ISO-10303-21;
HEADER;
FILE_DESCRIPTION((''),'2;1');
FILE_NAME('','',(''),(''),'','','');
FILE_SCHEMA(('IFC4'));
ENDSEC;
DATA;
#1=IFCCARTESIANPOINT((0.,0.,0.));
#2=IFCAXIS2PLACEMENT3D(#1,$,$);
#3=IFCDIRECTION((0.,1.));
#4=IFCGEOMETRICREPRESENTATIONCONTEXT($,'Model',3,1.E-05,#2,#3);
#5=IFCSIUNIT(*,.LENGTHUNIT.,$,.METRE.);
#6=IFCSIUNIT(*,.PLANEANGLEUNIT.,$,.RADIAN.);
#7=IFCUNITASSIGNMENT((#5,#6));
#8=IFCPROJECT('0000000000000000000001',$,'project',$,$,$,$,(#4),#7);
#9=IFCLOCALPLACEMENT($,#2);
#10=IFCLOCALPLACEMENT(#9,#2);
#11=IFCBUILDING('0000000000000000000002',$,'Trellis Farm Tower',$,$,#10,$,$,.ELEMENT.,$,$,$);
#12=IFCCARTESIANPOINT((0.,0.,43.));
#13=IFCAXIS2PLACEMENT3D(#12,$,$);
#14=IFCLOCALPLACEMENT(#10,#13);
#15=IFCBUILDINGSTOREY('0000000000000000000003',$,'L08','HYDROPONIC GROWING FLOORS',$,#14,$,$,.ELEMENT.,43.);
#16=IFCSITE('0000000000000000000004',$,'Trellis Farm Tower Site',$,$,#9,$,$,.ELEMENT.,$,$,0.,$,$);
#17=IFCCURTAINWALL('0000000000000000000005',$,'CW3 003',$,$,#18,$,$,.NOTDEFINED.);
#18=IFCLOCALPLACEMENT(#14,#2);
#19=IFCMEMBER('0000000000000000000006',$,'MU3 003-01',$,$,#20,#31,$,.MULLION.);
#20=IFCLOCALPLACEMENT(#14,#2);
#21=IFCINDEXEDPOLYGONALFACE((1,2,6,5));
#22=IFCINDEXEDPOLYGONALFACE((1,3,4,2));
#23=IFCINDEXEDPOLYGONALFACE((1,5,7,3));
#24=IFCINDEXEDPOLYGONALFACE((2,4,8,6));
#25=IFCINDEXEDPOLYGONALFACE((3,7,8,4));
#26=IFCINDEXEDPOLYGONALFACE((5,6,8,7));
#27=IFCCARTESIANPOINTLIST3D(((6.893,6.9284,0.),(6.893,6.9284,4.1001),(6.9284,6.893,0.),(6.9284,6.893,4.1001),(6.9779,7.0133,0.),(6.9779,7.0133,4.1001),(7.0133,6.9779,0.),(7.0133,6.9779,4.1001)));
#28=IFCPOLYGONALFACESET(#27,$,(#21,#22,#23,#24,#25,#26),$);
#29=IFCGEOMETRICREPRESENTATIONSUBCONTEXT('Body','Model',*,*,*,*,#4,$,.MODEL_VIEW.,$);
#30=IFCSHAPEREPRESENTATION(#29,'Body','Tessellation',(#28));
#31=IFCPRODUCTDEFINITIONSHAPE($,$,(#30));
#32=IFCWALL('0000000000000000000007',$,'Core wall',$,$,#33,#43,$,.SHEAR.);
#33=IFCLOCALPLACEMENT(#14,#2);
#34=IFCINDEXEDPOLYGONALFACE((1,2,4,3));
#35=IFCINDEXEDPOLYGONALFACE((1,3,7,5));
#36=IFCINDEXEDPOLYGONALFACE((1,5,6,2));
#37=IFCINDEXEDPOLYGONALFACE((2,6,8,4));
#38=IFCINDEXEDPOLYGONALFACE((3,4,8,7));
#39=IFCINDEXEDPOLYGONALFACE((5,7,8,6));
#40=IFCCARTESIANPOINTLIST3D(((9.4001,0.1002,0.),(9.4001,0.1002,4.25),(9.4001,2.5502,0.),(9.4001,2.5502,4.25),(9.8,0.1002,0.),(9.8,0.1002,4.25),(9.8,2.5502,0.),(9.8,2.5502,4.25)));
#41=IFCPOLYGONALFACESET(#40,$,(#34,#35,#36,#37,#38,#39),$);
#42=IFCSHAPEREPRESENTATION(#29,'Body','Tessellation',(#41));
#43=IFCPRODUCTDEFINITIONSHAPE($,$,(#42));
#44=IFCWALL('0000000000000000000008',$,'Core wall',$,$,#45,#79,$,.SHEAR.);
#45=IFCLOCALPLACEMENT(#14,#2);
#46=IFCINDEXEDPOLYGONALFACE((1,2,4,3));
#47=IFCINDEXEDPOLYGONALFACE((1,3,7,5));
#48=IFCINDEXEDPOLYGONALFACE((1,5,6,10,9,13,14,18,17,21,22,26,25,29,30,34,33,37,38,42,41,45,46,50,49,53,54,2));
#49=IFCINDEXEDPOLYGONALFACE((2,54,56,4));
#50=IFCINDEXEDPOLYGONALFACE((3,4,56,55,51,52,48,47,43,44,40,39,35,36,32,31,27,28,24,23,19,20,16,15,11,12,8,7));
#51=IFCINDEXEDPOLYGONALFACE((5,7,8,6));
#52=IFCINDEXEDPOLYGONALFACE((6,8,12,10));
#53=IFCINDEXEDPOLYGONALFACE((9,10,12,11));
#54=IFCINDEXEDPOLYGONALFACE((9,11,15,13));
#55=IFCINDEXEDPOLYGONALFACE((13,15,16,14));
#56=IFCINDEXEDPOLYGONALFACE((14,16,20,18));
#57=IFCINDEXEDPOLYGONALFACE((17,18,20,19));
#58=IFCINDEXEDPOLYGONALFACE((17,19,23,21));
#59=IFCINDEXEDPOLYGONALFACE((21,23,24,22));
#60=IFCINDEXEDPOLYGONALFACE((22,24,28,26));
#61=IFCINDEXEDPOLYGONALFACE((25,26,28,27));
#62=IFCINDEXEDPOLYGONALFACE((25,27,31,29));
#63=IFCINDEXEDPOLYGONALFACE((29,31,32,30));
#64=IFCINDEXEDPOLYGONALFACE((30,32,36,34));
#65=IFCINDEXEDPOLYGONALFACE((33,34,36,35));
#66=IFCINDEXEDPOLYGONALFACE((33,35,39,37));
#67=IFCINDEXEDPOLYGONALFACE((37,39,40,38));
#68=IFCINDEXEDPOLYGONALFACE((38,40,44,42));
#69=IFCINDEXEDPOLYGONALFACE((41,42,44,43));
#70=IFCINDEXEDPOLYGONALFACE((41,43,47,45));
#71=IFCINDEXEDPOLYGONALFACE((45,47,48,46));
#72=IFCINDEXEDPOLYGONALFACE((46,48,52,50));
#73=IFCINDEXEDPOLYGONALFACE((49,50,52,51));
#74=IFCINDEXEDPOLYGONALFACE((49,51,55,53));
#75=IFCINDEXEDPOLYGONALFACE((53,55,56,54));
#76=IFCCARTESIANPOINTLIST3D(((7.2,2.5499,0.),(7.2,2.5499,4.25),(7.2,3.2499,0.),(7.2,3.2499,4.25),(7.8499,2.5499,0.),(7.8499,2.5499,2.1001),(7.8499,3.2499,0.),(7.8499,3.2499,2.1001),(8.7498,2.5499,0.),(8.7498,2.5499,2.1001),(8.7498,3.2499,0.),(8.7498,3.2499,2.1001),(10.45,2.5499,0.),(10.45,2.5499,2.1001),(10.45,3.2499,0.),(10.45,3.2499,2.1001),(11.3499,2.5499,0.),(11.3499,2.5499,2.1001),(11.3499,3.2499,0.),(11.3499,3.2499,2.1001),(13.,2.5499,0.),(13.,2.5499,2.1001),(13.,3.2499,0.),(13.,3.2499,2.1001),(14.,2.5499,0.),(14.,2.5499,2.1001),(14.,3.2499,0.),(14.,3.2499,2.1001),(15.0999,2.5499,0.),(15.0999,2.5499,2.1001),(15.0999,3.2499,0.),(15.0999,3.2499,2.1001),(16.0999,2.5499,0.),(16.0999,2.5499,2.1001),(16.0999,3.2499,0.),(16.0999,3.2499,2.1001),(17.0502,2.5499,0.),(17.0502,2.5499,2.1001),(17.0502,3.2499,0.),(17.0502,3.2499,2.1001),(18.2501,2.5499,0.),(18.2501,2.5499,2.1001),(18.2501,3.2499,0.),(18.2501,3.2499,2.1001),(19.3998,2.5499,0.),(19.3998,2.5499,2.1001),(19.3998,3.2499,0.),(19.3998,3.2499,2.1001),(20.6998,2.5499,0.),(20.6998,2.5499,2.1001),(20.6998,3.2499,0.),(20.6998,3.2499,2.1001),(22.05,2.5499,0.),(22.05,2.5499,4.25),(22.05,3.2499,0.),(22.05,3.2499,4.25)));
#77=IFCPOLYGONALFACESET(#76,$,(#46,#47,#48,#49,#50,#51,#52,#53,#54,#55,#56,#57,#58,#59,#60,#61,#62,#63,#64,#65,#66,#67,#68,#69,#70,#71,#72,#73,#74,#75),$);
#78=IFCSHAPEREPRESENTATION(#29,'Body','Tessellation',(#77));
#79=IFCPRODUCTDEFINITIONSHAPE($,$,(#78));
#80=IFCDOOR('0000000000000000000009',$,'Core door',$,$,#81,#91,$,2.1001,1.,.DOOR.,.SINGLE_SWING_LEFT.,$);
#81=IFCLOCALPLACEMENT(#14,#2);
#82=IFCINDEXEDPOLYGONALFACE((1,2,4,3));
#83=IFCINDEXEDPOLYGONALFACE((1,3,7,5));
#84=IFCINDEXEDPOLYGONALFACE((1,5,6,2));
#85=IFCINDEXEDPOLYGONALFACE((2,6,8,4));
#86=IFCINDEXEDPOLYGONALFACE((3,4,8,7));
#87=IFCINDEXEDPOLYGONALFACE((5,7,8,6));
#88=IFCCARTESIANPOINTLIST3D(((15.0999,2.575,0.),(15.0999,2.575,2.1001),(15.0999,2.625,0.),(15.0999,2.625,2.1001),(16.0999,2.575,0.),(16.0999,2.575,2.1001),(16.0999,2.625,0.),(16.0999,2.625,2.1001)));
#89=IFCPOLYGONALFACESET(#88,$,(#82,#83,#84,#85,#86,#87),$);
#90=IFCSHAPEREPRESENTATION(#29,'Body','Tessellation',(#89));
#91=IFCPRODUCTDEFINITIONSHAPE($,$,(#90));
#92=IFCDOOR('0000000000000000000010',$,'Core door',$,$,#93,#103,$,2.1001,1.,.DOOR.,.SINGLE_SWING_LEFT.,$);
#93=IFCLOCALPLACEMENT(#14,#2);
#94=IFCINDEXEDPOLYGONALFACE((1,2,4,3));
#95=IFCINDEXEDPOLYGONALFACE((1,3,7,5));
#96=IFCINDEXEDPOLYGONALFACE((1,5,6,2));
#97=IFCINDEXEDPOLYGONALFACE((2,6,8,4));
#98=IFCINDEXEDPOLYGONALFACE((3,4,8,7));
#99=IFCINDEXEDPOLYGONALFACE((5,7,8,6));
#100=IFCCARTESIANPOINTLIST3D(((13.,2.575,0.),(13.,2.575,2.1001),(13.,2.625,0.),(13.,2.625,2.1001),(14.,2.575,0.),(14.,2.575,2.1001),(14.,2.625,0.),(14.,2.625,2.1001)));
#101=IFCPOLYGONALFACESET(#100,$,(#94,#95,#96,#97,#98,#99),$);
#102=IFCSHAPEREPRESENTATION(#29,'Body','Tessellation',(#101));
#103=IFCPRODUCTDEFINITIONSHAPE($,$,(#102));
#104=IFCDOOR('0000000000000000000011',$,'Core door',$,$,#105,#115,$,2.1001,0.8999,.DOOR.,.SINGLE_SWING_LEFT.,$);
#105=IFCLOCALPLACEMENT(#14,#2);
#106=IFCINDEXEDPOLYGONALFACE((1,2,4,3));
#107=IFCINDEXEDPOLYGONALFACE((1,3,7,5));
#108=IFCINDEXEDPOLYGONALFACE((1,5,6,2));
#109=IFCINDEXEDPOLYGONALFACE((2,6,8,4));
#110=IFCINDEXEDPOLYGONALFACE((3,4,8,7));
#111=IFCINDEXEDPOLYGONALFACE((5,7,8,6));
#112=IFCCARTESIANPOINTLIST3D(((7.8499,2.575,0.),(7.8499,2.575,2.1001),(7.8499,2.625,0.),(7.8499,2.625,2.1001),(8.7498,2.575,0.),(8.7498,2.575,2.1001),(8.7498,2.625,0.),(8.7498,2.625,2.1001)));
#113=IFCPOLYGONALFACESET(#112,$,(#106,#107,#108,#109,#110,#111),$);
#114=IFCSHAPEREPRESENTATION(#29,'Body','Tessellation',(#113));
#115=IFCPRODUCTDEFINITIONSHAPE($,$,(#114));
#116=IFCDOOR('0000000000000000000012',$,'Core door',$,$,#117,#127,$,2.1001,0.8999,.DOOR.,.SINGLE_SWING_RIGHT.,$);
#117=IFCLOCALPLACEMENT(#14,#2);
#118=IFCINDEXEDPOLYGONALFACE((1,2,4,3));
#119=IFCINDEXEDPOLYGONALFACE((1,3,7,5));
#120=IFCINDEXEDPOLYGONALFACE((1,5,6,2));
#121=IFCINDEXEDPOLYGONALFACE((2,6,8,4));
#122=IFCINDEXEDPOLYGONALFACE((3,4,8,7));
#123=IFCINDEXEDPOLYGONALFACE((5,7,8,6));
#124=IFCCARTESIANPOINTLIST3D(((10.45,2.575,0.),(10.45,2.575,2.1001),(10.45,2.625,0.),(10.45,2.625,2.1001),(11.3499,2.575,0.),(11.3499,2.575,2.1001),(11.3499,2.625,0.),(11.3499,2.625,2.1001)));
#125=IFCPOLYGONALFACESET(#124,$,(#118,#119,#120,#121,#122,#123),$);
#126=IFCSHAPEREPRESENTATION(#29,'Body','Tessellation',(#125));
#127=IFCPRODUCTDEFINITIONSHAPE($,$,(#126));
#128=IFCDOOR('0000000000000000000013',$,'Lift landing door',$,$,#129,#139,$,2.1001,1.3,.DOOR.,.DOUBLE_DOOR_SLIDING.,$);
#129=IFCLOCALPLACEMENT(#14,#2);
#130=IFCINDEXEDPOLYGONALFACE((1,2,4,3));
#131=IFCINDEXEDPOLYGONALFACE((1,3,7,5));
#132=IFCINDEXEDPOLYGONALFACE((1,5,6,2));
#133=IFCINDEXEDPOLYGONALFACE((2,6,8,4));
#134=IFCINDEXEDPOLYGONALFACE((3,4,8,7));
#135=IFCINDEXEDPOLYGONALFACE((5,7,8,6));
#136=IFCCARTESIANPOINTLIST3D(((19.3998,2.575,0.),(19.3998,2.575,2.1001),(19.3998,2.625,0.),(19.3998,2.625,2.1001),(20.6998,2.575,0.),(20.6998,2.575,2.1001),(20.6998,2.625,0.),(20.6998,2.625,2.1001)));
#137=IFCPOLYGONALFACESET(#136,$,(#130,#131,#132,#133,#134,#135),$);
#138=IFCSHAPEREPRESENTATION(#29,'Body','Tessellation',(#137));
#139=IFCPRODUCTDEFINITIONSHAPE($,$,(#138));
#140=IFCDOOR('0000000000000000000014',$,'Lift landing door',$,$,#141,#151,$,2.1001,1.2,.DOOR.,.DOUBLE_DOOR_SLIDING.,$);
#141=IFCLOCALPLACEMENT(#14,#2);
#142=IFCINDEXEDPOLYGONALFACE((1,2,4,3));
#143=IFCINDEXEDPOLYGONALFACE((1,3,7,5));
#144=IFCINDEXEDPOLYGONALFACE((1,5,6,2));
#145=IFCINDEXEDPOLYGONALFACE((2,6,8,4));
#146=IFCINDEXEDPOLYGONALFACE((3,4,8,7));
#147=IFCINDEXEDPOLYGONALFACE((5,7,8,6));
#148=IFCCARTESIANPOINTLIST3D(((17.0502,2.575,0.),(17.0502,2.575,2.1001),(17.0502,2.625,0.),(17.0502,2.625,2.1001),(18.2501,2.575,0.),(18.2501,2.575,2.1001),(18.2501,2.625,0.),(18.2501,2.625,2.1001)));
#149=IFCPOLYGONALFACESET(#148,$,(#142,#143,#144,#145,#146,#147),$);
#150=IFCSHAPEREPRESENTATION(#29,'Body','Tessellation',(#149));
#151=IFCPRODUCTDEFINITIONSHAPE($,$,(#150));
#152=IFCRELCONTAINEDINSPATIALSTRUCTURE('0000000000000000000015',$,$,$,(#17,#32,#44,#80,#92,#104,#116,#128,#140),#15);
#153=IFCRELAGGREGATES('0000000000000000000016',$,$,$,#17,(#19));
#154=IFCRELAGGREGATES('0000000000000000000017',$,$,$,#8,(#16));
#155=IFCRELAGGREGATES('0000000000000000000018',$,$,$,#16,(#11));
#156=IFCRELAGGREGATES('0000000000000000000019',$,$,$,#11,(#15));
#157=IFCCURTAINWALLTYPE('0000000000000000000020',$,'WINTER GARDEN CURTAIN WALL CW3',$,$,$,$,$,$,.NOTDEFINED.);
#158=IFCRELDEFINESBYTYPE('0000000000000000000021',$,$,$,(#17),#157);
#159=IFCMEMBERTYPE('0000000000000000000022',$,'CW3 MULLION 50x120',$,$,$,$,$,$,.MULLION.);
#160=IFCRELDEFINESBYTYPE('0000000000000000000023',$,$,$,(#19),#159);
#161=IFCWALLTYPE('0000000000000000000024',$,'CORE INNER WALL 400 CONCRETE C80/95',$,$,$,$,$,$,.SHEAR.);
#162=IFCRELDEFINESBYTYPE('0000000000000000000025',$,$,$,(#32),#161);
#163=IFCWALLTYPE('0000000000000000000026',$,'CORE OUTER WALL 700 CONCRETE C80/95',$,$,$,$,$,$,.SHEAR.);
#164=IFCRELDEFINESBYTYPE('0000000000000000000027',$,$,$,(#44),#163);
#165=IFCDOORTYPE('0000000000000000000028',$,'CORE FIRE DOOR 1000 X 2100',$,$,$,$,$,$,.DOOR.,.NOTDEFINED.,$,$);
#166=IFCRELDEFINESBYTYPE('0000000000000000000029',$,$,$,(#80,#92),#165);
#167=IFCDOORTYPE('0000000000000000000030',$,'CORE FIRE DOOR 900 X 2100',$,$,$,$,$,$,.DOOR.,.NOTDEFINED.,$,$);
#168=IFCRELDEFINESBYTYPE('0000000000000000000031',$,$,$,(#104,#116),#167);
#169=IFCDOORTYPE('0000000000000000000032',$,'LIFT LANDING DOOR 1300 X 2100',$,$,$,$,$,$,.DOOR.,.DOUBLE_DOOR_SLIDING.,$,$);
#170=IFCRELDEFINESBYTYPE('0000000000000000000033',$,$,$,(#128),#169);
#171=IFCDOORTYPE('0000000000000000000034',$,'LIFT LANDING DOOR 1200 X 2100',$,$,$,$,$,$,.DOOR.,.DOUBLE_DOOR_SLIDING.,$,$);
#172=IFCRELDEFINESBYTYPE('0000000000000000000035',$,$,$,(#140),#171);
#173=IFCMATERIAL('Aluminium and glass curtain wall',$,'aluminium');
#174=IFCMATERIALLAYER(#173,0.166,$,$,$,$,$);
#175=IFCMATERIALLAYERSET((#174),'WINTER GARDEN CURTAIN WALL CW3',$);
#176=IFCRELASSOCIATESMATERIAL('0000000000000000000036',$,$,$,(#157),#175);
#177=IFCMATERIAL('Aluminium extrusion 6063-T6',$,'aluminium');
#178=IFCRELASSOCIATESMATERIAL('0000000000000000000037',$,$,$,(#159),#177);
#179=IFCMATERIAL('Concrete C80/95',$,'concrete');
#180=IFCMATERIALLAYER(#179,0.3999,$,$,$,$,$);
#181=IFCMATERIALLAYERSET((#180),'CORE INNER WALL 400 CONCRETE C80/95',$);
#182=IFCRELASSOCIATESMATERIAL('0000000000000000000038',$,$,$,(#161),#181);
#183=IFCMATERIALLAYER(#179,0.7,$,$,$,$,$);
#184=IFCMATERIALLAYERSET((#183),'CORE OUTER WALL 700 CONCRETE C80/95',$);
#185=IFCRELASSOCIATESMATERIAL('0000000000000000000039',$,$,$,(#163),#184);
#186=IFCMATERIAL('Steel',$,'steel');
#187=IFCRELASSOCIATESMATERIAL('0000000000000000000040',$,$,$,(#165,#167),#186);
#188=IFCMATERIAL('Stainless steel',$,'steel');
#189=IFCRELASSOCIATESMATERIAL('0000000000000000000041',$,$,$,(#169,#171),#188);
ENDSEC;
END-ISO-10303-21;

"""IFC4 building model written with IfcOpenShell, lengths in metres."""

from ifc_helpers import new_model, si_unit, direction, frame, frame_2d, origin, origin_2d, place, context, subcontext, project, spatial, rectangle, extrude, source, transform, mapped, material, layer, layer_set, material_profile, profile_set, type_object, element, fill, aggregate, save


model = new_model("IFC4")

# Units and contexts
model_context = context("Model", 3, precision=1e-05, world=origin(), true_north=direction((0.0, 1.0)))
body_context = subcontext(model_context, "Body", "Model", "MODEL_VIEW")
ifc_project = project(units=[si_unit("LENGTHUNIT", "METRE"), si_unit("PLANEANGLEUNIT", "RADIAN")], contexts=[model_context])

# Site, building, storey
site_placement = place(None, origin())
site = spatial("IfcSite", under=ifc_project, at=site_placement, Name="Trellis Farm Tower Site", CompositionType="ELEMENT", RefElevation=0.0)
building_placement = place(site_placement, origin())
building = spatial("IfcBuilding", under=site, at=building_placement, Name="Trellis Farm Tower", CompositionType="ELEMENT")
storey_placement = place(building_placement, frame((0.0, 0.0, 43.0)))
storey = spatial("IfcBuildingStorey", under=building, at=storey_placement, Name="L08", Description="HYDROPONIC GROWING FLOORS", CompositionType="ELEMENT", Elevation=43.0)

# Shared definitions
ifc_material_1 = material(Name="Concrete C80/95", Category="concrete")

# Shared definitions
ifc_material_2 = material(Name="Aluminium and glass curtain wall", Category="aluminium")
placement = place(storey_placement, origin())
ifc_material_3 = material(Name="Aluminium extrusion 6063-T6", Category="aluminium")

# Curtain wall, member
ifc_layer_1 = layer(ifc_material_2, 0.166)
ifc_layer_set_1 = layer_set([ifc_layer_1], Name="WINTER GARDEN CURTAIN WALL CW3")
curtain_wall_type_1 = type_object("IfcCurtainWallType", Name="WINTER GARDEN CURTAIN WALL CW3", PredefinedType="NOTDEFINED", material=ifc_layer_set_1)
curtain_wall_1 = element("IfcCurtainWall", 1, at=placement, inside=storey, type_object=curtain_wall_type_1, Name="CW3 003", PredefinedType="NOTDEFINED")
ifc_material_profile_1 = material_profile(ifc_material_3, rectangle(XDim=0.05, YDim=0.1201, at=origin_2d()), Name="MULLION 50x120")
ifc_profile_set_1 = profile_set([ifc_material_profile_1], Name="Aluminium extrusion 6063-T6")
member_type_1 = type_object("IfcMemberType", Name="CW3 MULLION 50x120", PredefinedType="MULLION", material=ifc_profile_set_1)
shared_shape_1 = source(origin(), body_context, "Body", "SweptSolid", [
    extrude(rectangle(XDim=0.05, YDim=0.1201, at=origin_2d()), origin(), (0.0, 0.0, 1.0), 4.1001),
])
member_1_placement = place(storey_placement, frame((6.9531, 6.9531, 0.0), z_axis=(0.0, 0.0, 1.0), x_axis=(-0.707107, 0.707107, 0.0)))
member_1 = element("IfcMember", 2, at=member_1_placement, type_object=member_type_1, Name="MU3 003-01", PredefinedType="MULLION", context=body_context, shape_type="MappedRepresentation", body=[
    mapped(shared_shape_1, transform((0.0, 0.0, 0.0))),
])
aggregate(curtain_wall_1, [member_1])

# Wall
ifc_layer_2 = layer(ifc_material_1, 0.3999)
ifc_layer_set_2 = layer_set([ifc_layer_2], Name="CORE INNER WALL 400 CONCRETE C80/95")
wall_type_1 = type_object("IfcWallType", Name="CORE INNER WALL 400 CONCRETE C80/95", PredefinedType="SHEAR", material=ifc_layer_set_2)
shared_shape_2 = source(origin(), body_context, "Body", "SweptSolid", [
    extrude(rectangle(XDim=2.45, YDim=0.3999, at=frame_2d((1.2251, 0.0))), origin(), (0.0, 0.0, 1.0), 4.25),
])
wall_1_placement = place(storey_placement, frame((9.6001, 0.1001, 0.0), z_axis=(0.0, 0.0, 1.0), x_axis=(0.0, 1.0, 0.0)))
element("IfcWall", 3, at=wall_1_placement, inside=storey, type_object=wall_type_1, Name="Core wall", PredefinedType="SHEAR", context=body_context, shape_type="MappedRepresentation", body=[
    mapped(shared_shape_2, transform((0.0, 0.0, 0.0))),
])

# Wall, openings, doors
ifc_layer_3 = layer(ifc_material_1, 0.7)
ifc_layer_set_3 = layer_set([ifc_layer_3], Name="CORE OUTER WALL 700 CONCRETE C80/95")
wall_type_2 = type_object("IfcWallType", Name="CORE OUTER WALL 700 CONCRETE C80/95", PredefinedType="SHEAR", material=ifc_layer_set_3)
shared_shape_3 = source(origin(), body_context, "Body", "SweptSolid", [
    extrude(rectangle(XDim=14.8501, YDim=0.7, at=frame_2d((7.425, 0.0))), origin(), (0.0, 0.0, 1.0), 4.25),
])
wall_2_placement = place(storey_placement, frame((7.2, 2.8999, 0.0), z_axis=(0.0, 0.0, 1.0), x_axis=(1.0, 0.0, 0.0)))
wall_2 = element("IfcWall", 4, at=wall_2_placement, inside=storey, type_object=wall_type_2, Name="Core wall", PredefinedType="SHEAR", context=body_context, shape_type="MappedRepresentation", body=[
    mapped(shared_shape_3, transform((0.0, 0.0, 0.0))),
])
shared_shape_4 = source(origin(), body_context, "Body", "SweptSolid", [
    extrude(rectangle(XDim=1.3, YDim=2.1001, at=frame_2d((0.6499, 1.05))), frame((0.0, 0.3601, 0.0), z_axis=(0.0, -1.0, 0.0), x_axis=(1.0, 0.0, 0.0)), (0.0, 0.0, 1.0), 0.7202),
])
opening_1_placement = place(wall_2_placement, frame((12.2, 0.0, 0.0)))
opening_1 = element("IfcOpeningElement", 5, at=opening_1_placement, cuts=wall_2, PredefinedType="OPENING", context=body_context, shape_type="MappedRepresentation", body=[
    mapped(shared_shape_4, transform((0.0, 0.0, 0.0))),
])
shared_shape_5 = source(origin(), body_context, "Body", "SweptSolid", [
    extrude(rectangle(XDim=1.2, YDim=2.1001, at=frame_2d((0.6001, 1.05))), frame((0.0, 0.3601, 0.0), z_axis=(0.0, -1.0, 0.0), x_axis=(1.0, 0.0, 0.0)), (0.0, 0.0, 1.0), 0.7202),
])
opening_2_placement = place(wall_2_placement, frame((9.8501, 0.0, 0.0)))
opening_2 = element("IfcOpeningElement", 6, at=opening_2_placement, cuts=wall_2, PredefinedType="OPENING", context=body_context, shape_type="MappedRepresentation", body=[
    mapped(shared_shape_5, transform((0.0, 0.0, 0.0))),
])
shared_shape_6 = source(origin(), body_context, "Body", "SweptSolid", [
    extrude(rectangle(XDim=1.0, YDim=2.1001, at=frame_2d((0.5, 1.05))), frame((0.0, 0.3601, 0.0), z_axis=(0.0, -1.0, 0.0), x_axis=(1.0, 0.0, 0.0)), (0.0, 0.0, 1.0), 0.7202),
])
opening_3_placement = place(wall_2_placement, frame((7.8999, 0.0, 0.0)))
opening_3 = element("IfcOpeningElement", 7, at=opening_3_placement, cuts=wall_2, PredefinedType="OPENING", context=body_context, shape_type="MappedRepresentation", body=[
    mapped(shared_shape_6, transform((0.0, 0.0, 0.0))),
])
shared_shape_7 = source(origin(), body_context, "Body", "SweptSolid", [
    extrude(rectangle(XDim=0.8999, YDim=2.1001, at=frame_2d((0.45, 1.05))), frame((0.0, 0.3601, 0.0), z_axis=(0.0, -1.0, 0.0), x_axis=(1.0, 0.0, 0.0)), (0.0, 0.0, 1.0), 0.7202),
])
opening_4_placement = place(wall_2_placement, frame((0.6499, 0.0, 0.0)))
opening_4 = element("IfcOpeningElement", 8, at=opening_4_placement, cuts=wall_2, PredefinedType="OPENING", context=body_context, shape_type="MappedRepresentation", body=[
    mapped(shared_shape_7, transform((0.0, 0.0, 0.0))),
])
opening_5_placement = place(wall_2_placement, frame((3.25, 0.0, 0.0)))
opening_5 = element("IfcOpeningElement", 9, at=opening_5_placement, cuts=wall_2, PredefinedType="OPENING", context=body_context, shape_type="MappedRepresentation", body=[
    mapped(shared_shape_7, transform((0.0, 0.0, 0.0))),
])
opening_6_placement = place(wall_2_placement, frame((5.8, 0.0, 0.0)))
opening_6 = element("IfcOpeningElement", 10, at=opening_6_placement, cuts=wall_2, PredefinedType="OPENING", context=body_context, shape_type="MappedRepresentation", body=[
    mapped(shared_shape_6, transform((0.0, 0.0, 0.0))),
])
ifc_material_4 = material(Name="Steel", Category="steel")
door_type_1 = type_object("IfcDoorType", Name="CORE FIRE DOOR 1000 X 2100", OperationType="NOTDEFINED", PredefinedType="DOOR", material=ifc_material_4)
shared_shape_8 = source(origin(), body_context, "Body", "SweptSolid", [
    extrude(rectangle(XDim=1.0, YDim=2.1001, at=frame_2d((0.5, 1.05))), frame((0.0, -0.2749, 0.0), z_axis=(0.0, -1.0, 0.0), x_axis=(1.0, 0.0, 0.0)), (0.0, 0.0, 1.0), 0.05),
])
door_1_placement = place(opening_3_placement, origin())
door_1 = element("IfcDoor", 11, at=door_1_placement, inside=storey, type_object=door_type_1, Name="Core door", OperationType="SINGLE_SWING_LEFT", OverallHeight=2.1001, OverallWidth=1.0, PredefinedType="DOOR", context=body_context, shape_type="MappedRepresentation", body=[
    mapped(shared_shape_8, transform((0.0, 0.0, 0.0))),
])
fill(opening_3, door_1)
door_2_placement = place(opening_6_placement, origin())
door_2 = element("IfcDoor", 12, at=door_2_placement, inside=storey, type_object=door_type_1, Name="Core door", OperationType="SINGLE_SWING_LEFT", OverallHeight=2.1001, OverallWidth=1.0, PredefinedType="DOOR", context=body_context, shape_type="MappedRepresentation", body=[
    mapped(shared_shape_8, transform((0.0, 0.0, 0.0))),
])
fill(opening_6, door_2)
door_type_2 = type_object("IfcDoorType", Name="CORE FIRE DOOR 900 X 2100", OperationType="NOTDEFINED", PredefinedType="DOOR", material=ifc_material_4)
shared_shape_9 = source(origin(), body_context, "Body", "SweptSolid", [
    extrude(rectangle(XDim=0.8999, YDim=2.1001, at=frame_2d((0.45, 1.05))), frame((0.0, -0.2749, 0.0), z_axis=(0.0, -1.0, 0.0), x_axis=(1.0, 0.0, 0.0)), (0.0, 0.0, 1.0), 0.05),
])
door_3_placement = place(opening_4_placement, origin())
door_3 = element("IfcDoor", 13, at=door_3_placement, inside=storey, type_object=door_type_2, Name="Core door", OperationType="SINGLE_SWING_LEFT", OverallHeight=2.1001, OverallWidth=0.8999, PredefinedType="DOOR", context=body_context, shape_type="MappedRepresentation", body=[
    mapped(shared_shape_9, transform((0.0, 0.0, 0.0))),
])
fill(opening_4, door_3)
door_4_placement = place(opening_5_placement, origin())
door_4 = element("IfcDoor", 14, at=door_4_placement, inside=storey, type_object=door_type_2, Name="Core door", OperationType="SINGLE_SWING_RIGHT", OverallHeight=2.1001, OverallWidth=0.8999, PredefinedType="DOOR", context=body_context, shape_type="MappedRepresentation", body=[
    mapped(shared_shape_9, transform((0.0, 0.0, 0.0))),
])
fill(opening_5, door_4)
ifc_material_5 = material(Name="Stainless steel", Category="steel")
door_type_3 = type_object("IfcDoorType", Name="LIFT LANDING DOOR 1300 X 2100", OperationType="DOUBLE_DOOR_SLIDING", PredefinedType="DOOR", material=ifc_material_5)
shared_shape_10 = source(origin(), body_context, "Body", "SweptSolid", [
    extrude(rectangle(XDim=1.3, YDim=2.1001, at=frame_2d((0.6499, 1.05))), frame((0.0, -0.2749, 0.0), z_axis=(0.0, -1.0, 0.0), x_axis=(1.0, 0.0, 0.0)), (0.0, 0.0, 1.0), 0.05),
])
door_5_placement = place(opening_1_placement, origin())
door_5 = element("IfcDoor", 15, at=door_5_placement, inside=storey, type_object=door_type_3, Name="Lift landing door", OperationType="DOUBLE_DOOR_SLIDING", OverallHeight=2.1001, OverallWidth=1.3, PredefinedType="DOOR", context=body_context, shape_type="MappedRepresentation", body=[
    mapped(shared_shape_10, transform((0.0, 0.0, 0.0))),
])
fill(opening_1, door_5)
door_type_4 = type_object("IfcDoorType", Name="LIFT LANDING DOOR 1200 X 2100", OperationType="DOUBLE_DOOR_SLIDING", PredefinedType="DOOR", material=ifc_material_5)
shared_shape_11 = source(origin(), body_context, "Body", "SweptSolid", [
    extrude(rectangle(XDim=1.2, YDim=2.1001, at=frame_2d((0.6001, 1.05))), frame((0.0, -0.2749, 0.0), z_axis=(0.0, -1.0, 0.0), x_axis=(1.0, 0.0, 0.0)), (0.0, 0.0, 1.0), 0.05),
])
door_6_placement = place(opening_2_placement, origin())
door_6 = element("IfcDoor", 16, at=door_6_placement, inside=storey, type_object=door_type_4, Name="Lift landing door", OperationType="DOUBLE_DOOR_SLIDING", OverallHeight=2.1001, OverallWidth=1.2, PredefinedType="DOOR", context=body_context, shape_type="MappedRepresentation", body=[
    mapped(shared_shape_11, transform((0.0, 0.0, 0.0))),
])
fill(opening_2, door_6)

save(model, "model.ifc")
